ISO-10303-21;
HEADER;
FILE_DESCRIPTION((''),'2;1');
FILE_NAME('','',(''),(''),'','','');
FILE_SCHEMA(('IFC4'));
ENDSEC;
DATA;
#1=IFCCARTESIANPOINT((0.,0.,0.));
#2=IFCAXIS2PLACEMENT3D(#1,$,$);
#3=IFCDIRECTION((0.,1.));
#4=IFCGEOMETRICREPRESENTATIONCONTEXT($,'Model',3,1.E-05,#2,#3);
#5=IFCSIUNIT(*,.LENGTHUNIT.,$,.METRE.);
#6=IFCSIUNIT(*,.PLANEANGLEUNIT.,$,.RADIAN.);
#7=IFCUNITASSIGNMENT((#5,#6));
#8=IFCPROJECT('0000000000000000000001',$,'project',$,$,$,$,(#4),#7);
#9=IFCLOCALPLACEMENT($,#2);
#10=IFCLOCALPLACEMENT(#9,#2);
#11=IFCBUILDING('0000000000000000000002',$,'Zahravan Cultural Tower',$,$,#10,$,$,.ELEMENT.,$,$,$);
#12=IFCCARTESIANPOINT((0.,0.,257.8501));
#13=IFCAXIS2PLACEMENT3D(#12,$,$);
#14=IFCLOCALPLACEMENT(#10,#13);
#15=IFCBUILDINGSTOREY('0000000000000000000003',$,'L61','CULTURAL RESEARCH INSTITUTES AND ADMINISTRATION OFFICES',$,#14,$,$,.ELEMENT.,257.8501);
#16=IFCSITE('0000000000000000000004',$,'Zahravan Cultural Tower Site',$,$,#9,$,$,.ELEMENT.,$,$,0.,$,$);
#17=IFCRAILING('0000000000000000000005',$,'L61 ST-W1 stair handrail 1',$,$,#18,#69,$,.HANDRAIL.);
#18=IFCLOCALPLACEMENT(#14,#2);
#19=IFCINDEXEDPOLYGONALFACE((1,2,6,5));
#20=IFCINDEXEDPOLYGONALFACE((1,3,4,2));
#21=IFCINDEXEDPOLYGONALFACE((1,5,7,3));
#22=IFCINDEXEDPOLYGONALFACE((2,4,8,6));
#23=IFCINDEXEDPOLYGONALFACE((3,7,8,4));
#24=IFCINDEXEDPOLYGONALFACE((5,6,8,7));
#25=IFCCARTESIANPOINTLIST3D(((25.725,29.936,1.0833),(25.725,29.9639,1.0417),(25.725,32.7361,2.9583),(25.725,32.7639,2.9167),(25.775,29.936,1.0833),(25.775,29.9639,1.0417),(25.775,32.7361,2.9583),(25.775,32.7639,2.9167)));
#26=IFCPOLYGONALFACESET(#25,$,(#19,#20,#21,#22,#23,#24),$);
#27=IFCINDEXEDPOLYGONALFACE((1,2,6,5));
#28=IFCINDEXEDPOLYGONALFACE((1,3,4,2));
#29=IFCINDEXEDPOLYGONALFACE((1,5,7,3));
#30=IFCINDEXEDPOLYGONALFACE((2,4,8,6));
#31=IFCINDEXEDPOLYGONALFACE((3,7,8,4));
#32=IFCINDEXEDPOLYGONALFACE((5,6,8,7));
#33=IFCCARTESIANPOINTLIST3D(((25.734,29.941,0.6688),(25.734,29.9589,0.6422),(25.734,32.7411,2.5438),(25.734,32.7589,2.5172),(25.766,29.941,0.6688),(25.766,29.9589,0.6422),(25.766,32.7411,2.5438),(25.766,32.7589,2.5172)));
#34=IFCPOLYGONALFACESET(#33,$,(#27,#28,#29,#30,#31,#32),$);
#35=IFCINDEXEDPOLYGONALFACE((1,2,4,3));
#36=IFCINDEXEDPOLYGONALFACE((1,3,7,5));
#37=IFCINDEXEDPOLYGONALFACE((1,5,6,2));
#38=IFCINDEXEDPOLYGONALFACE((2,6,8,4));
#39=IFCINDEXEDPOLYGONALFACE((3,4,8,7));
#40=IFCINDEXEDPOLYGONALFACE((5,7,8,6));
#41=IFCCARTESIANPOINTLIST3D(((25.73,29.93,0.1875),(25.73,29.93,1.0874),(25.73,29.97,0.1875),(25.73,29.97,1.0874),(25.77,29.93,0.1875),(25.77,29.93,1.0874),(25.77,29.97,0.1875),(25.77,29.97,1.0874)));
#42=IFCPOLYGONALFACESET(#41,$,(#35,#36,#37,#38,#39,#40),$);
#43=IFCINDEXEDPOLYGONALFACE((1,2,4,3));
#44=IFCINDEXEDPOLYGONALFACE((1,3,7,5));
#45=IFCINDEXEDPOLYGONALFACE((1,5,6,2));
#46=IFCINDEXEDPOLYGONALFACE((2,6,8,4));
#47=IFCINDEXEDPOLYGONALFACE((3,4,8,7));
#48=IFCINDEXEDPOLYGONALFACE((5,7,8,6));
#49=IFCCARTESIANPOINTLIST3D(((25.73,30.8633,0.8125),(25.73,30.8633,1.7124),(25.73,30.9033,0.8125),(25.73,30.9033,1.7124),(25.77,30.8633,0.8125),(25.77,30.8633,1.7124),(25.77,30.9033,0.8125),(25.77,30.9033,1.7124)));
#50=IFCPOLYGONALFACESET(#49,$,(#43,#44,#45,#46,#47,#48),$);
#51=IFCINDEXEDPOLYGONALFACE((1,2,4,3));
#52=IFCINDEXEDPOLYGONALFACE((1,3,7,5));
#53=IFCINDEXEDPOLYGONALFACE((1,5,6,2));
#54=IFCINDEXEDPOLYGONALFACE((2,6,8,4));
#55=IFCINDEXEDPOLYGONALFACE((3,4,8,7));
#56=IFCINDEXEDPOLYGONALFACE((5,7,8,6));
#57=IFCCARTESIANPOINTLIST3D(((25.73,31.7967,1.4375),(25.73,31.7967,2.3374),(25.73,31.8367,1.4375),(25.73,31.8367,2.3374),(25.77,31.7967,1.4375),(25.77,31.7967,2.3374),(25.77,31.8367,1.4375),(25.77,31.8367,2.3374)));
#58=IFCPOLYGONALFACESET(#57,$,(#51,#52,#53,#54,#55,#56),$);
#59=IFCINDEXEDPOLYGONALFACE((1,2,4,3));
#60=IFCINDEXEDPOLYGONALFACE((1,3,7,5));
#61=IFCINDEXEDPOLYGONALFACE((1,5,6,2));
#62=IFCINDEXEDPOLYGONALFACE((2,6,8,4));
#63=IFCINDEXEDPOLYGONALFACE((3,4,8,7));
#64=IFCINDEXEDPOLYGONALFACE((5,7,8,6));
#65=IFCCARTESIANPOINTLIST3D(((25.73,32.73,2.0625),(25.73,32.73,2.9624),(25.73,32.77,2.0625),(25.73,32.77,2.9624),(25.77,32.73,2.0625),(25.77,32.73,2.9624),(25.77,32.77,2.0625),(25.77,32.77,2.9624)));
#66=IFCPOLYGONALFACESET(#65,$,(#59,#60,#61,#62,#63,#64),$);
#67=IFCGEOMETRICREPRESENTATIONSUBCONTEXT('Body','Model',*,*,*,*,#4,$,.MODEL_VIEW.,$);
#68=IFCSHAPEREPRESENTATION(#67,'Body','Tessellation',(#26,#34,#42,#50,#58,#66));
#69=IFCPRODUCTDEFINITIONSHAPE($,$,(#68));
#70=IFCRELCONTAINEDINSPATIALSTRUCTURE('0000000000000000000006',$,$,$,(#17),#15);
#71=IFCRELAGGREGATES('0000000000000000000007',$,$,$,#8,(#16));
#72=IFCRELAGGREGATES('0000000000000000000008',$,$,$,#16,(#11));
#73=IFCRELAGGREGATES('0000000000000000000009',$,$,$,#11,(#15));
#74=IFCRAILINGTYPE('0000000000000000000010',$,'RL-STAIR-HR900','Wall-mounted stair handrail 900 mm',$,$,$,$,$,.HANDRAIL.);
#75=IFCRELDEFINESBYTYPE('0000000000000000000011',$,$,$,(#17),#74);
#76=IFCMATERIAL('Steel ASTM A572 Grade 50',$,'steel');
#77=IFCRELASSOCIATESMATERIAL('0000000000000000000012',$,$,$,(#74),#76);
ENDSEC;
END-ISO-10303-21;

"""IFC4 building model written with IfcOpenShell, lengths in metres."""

from ifc_helpers import new_model, si_unit, direction, frame, origin, origin_2d, place, context, subcontext, project, spatial, rectangle, extrude, material, type_object, element, save


model = new_model("IFC4")

# Units and contexts
model_context = context("Model", 3, precision=1e-05, world=origin(), true_north=direction((0.0, 1.0)))
body_context = subcontext(model_context, "Body", "Model", "MODEL_VIEW")
ifc_project = project(units=[si_unit("LENGTHUNIT", "METRE"), si_unit("PLANEANGLEUNIT", "RADIAN")], contexts=[model_context])

# Site, building, storey
site_placement = place(None, origin())
site = spatial("IfcSite", under=ifc_project, at=site_placement, Name="Zahravan Cultural Tower Site", CompositionType="ELEMENT", RefElevation=0.0)
building_placement = place(site_placement, origin())
building = spatial("IfcBuilding", under=site, at=building_placement, Name="Zahravan Cultural Tower", CompositionType="ELEMENT")
storey_placement = place(building_placement, frame((0.0, 0.0, 257.8501)))
storey = spatial("IfcBuildingStorey", under=building, at=storey_placement, Name="L61", Description="CULTURAL RESEARCH INSTITUTES AND ADMINISTRATION OFFICES", CompositionType="ELEMENT", Elevation=257.8501)

# Shared definitions
ifc_material_1 = material(Name="Steel ASTM A572 Grade 50", Category="steel")

# Railing
railing_type_1 = type_object("IfcRailingType", Name="RL-STAIR-HR900", Description="Wall-mounted stair handrail 900 mm", PredefinedType="HANDRAIL", material=ifc_material_1)
railing_1_placement = place(storey_placement, frame((25.75, 29.95, 0.1875)))
element("IfcRailing", 1, at=railing_1_placement, inside=storey, type_object=railing_type_1, Name="L61 ST-W1 stair handrail 1", PredefinedType="HANDRAIL", context=body_context, shape_type="SweptSolid", body=[
    extrude(rectangle(XDim=0.05, YDim=0.05, at=origin_2d()), frame((0.0, 0.0, 0.875), z_axis=(0.0, 0.830912, 0.556404), x_axis=(-1.0, 0.0, 0.0)), (0.0, 0.0, 1.0), 3.3699),
    extrude(rectangle(XDim=0.032, YDim=0.032, at=origin_2d()), frame((0.0, 0.0, 0.468), z_axis=(0.0, 0.830912, 0.556404), x_axis=(-1.0, 0.0, 0.0)), (0.0, 0.0, 1.0), 3.3699),
    extrude(rectangle(XDim=0.04, YDim=0.04, at=origin_2d()), origin(), (0.0, 0.0, 1.0), 0.8999),
    extrude(rectangle(XDim=0.04, YDim=0.04, at=origin_2d()), frame((0.0, 0.9333, 0.625)), (0.0, 0.0, 1.0), 0.8999),
    extrude(rectangle(XDim=0.04, YDim=0.04, at=origin_2d()), frame((0.0, 1.8667, 1.25)), (0.0, 0.0, 1.0), 0.8999),
    extrude(rectangle(XDim=0.04, YDim=0.04, at=origin_2d()), frame((0.0, 2.8, 1.875)), (0.0, 0.0, 1.0), 0.8999),
])

save(model, "model.ifc")
